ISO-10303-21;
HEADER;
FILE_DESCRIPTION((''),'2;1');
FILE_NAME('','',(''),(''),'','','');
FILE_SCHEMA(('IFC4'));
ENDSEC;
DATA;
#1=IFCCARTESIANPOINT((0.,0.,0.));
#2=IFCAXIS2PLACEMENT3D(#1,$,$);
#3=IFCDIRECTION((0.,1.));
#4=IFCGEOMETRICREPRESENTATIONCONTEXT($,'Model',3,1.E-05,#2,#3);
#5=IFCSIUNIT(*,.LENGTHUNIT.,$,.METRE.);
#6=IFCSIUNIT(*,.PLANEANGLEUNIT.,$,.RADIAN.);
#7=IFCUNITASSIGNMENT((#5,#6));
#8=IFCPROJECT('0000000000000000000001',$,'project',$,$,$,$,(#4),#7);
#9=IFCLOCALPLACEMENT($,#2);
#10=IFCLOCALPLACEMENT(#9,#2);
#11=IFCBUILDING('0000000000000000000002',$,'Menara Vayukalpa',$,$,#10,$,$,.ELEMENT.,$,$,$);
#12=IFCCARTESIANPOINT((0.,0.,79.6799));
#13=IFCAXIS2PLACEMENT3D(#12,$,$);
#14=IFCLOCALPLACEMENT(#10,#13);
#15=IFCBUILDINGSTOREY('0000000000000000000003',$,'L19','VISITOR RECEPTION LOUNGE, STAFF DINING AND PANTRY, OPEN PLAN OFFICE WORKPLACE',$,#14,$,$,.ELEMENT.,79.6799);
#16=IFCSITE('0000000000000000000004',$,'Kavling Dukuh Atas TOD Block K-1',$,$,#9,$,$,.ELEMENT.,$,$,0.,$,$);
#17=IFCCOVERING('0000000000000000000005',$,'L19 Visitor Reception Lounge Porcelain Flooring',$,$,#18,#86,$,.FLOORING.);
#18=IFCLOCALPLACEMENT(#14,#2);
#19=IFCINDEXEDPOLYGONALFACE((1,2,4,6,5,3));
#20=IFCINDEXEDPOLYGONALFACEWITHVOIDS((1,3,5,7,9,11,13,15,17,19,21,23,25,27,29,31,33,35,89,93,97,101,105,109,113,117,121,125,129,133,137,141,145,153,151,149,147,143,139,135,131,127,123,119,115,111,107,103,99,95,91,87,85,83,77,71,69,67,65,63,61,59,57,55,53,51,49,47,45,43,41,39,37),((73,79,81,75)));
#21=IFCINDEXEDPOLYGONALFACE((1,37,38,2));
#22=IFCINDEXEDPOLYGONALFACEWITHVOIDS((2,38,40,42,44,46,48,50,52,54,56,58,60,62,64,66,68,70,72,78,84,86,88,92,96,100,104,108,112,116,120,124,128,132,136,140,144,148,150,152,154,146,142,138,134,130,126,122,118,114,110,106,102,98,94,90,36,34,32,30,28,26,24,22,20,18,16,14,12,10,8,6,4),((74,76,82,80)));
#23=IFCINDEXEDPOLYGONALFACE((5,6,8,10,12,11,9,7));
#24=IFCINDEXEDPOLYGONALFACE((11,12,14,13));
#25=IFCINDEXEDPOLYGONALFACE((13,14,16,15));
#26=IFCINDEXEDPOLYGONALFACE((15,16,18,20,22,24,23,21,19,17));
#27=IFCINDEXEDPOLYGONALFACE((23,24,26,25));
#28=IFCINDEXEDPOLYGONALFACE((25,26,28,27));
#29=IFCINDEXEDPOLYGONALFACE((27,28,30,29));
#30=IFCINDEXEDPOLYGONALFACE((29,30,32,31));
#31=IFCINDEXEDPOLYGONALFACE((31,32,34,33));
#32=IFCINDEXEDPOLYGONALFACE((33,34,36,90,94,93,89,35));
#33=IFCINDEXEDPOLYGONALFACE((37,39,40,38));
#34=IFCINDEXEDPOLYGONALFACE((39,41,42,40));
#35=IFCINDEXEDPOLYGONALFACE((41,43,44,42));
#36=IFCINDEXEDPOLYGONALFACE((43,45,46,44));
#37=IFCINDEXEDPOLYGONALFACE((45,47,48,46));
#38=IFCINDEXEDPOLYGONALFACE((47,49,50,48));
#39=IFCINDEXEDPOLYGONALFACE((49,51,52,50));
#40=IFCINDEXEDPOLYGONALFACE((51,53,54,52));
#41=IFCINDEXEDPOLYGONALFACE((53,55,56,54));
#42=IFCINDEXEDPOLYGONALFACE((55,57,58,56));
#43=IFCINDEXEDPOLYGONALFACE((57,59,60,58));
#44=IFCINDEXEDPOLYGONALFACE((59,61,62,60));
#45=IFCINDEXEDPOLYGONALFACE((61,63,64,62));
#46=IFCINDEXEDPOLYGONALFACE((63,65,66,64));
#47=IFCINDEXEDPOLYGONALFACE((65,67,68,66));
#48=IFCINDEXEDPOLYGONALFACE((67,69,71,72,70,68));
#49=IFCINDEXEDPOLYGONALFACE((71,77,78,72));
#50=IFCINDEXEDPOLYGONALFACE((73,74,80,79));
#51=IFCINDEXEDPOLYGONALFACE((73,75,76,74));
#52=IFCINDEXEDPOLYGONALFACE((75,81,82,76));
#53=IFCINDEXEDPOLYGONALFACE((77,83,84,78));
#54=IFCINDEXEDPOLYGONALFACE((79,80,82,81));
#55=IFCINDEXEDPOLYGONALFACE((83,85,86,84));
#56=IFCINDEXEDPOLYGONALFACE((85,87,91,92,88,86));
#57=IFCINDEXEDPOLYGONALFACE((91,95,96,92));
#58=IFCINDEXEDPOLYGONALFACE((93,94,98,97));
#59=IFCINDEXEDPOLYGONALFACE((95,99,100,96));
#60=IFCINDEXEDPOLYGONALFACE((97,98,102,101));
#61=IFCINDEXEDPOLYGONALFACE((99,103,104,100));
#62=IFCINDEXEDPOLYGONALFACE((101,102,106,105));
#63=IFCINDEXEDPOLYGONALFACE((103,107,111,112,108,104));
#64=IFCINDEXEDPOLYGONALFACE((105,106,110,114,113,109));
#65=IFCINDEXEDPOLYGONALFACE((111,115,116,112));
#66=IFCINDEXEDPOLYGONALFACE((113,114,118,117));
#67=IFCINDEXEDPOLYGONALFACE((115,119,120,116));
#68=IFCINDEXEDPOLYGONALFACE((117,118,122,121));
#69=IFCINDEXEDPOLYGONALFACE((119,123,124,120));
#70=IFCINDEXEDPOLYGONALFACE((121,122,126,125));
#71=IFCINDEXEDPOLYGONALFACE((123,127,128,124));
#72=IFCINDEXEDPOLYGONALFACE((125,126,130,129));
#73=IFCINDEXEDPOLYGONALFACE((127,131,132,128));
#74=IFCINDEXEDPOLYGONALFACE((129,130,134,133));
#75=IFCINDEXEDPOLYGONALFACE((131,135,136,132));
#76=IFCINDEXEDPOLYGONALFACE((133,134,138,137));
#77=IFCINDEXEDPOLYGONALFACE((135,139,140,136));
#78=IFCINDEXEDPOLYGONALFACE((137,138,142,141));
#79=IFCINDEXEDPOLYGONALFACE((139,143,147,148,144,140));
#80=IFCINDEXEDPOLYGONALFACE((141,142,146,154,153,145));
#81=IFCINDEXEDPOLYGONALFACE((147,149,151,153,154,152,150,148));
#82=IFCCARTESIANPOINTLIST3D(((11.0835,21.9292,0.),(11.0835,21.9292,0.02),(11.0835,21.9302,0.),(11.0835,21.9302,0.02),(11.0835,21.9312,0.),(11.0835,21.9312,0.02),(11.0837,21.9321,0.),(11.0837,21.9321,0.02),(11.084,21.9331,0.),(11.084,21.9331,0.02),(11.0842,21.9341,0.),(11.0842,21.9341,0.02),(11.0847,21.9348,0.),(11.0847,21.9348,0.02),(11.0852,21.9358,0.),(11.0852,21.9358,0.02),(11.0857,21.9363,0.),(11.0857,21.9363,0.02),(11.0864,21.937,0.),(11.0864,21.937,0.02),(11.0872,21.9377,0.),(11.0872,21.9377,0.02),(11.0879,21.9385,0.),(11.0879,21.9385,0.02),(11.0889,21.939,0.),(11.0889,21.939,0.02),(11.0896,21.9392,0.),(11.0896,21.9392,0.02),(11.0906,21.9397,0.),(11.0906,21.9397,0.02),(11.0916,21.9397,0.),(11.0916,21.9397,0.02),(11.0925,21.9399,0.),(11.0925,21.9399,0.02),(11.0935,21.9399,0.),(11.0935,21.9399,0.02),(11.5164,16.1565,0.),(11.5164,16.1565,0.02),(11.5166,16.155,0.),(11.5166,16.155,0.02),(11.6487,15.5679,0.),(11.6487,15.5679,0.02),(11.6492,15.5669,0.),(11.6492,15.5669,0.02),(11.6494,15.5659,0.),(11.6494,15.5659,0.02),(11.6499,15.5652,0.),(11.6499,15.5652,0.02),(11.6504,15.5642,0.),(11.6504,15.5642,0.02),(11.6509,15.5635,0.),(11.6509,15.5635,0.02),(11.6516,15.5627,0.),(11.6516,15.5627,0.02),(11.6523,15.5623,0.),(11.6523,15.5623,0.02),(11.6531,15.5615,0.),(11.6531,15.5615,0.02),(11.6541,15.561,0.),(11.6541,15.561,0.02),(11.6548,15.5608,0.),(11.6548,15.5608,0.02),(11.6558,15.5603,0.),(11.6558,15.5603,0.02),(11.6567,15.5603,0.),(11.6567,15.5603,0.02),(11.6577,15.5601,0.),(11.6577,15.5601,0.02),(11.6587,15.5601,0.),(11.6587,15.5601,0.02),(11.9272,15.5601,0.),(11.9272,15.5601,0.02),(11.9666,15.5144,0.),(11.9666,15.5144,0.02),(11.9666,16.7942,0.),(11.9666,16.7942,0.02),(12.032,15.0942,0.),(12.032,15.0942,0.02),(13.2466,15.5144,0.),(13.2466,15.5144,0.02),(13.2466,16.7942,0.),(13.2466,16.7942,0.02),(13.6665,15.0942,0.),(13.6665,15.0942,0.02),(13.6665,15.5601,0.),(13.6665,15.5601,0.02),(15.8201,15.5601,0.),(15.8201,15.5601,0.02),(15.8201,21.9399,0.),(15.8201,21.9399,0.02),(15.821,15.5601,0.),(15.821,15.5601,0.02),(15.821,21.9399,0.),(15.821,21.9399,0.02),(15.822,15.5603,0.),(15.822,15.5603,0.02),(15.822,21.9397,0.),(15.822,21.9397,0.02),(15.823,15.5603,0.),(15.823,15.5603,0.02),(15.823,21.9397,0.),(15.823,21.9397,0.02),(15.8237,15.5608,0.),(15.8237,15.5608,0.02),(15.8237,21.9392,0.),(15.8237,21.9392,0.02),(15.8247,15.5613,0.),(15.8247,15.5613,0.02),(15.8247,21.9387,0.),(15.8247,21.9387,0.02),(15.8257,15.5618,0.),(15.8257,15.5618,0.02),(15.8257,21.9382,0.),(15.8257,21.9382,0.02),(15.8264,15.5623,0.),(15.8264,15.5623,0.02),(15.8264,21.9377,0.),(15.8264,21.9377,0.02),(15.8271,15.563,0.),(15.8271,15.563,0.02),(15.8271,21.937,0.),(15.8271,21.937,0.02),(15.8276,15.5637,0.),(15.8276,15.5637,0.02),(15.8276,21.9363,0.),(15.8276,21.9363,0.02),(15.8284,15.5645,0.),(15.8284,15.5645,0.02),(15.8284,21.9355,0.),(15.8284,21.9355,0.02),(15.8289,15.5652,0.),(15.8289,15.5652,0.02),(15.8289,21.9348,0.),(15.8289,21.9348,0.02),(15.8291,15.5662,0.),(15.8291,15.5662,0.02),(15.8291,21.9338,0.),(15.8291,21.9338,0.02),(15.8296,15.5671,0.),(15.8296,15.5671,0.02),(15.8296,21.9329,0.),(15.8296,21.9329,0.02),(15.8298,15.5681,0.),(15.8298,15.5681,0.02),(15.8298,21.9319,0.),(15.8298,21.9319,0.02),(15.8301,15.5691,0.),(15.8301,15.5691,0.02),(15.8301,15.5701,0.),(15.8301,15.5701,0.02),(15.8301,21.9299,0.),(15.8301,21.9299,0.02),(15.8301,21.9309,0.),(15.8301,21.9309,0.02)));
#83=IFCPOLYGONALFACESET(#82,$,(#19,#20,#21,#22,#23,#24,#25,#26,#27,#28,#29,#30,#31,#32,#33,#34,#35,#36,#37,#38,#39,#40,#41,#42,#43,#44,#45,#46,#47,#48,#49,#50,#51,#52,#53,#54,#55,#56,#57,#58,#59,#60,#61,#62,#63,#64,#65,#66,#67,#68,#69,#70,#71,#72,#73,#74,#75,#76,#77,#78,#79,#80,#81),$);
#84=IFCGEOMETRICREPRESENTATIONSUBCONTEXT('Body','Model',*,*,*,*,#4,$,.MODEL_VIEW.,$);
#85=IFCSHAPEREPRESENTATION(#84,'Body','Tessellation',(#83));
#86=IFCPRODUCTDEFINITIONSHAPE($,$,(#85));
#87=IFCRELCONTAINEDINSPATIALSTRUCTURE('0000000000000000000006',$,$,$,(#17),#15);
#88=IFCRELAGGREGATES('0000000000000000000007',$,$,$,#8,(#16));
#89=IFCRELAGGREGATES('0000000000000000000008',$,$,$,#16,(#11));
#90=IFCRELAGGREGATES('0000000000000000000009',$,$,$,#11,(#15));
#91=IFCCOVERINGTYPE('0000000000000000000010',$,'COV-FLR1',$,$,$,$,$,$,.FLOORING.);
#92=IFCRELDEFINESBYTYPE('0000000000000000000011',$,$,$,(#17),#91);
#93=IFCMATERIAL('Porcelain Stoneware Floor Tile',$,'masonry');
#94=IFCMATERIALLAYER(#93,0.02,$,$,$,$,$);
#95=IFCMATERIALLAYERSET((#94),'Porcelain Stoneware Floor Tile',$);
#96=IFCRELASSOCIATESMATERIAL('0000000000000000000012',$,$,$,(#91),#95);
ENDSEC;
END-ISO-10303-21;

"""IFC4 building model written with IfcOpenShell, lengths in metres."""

from ifc_helpers import new_model, si_unit, direction, frame, origin, place, context, subcontext, project, spatial, polyline, outline, extrude, material, layer, layer_set, type_object, element, save


model = new_model("IFC4")

# Units and contexts
model_context = context("Model", 3, precision=1e-05, world=origin(), true_north=direction((0.0, 1.0)))
body_context = subcontext(model_context, "Body", "Model", "MODEL_VIEW")
ifc_project = project(units=[si_unit("LENGTHUNIT", "METRE"), si_unit("PLANEANGLEUNIT", "RADIAN")], contexts=[model_context])

# Site, building, storey
site_placement = place(None, origin())
site = spatial("IfcSite", under=ifc_project, at=site_placement, Name="Kavling Dukuh Atas TOD Block K-1", CompositionType="ELEMENT", RefElevation=0.0)
building_placement = place(site_placement, origin())
building = spatial("IfcBuilding", under=site, at=building_placement, Name="Menara Vayukalpa", CompositionType="ELEMENT")
storey_placement = place(building_placement, frame((0.0, 0.0, 79.6799)))
storey = spatial("IfcBuildingStorey", under=building, at=storey_placement, Name="L19", Description="VISITOR RECEPTION LOUNGE, STAFF DINING AND PANTRY, OPEN PLAN OFFICE WORKPLACE", CompositionType="ELEMENT", Elevation=79.6799)

# Covering
ifc_material_1 = material(Name="Porcelain Stoneware Floor Tile", Category="masonry")
ifc_layer_1 = layer(ifc_material_1, 0.02)
ifc_layer_set_1 = layer_set([ifc_layer_1], Name="Porcelain Stoneware Floor Tile")
covering_type_1 = type_object("IfcCoveringType", Name="COV-FLR1", PredefinedType="FLOORING", material=ifc_layer_set_1)
covering_1_placement = place(storey_placement, origin())
element("IfcCovering", 1, at=covering_1_placement, inside=storey, type_object=covering_type_1, Name="L19 Visitor Reception Lounge Porcelain Flooring", PredefinedType="FLOORING", context=body_context, shape_type="SweptSolid", body=[
    extrude(outline(polyline([(11.6587, 15.5601), (11.6577, 15.5601), (11.6567, 15.5603), (11.6558, 15.5603), (11.6548, 15.5608), (11.6541, 15.561), (11.6531, 15.5615), (11.6523, 15.5623), (11.6516, 15.5627), (11.6509, 15.5635), (11.6504, 15.5642), (11.6499, 15.5652), (11.6494, 15.5659), (11.6492, 15.5669), (11.6487, 15.5679), (11.5166, 16.155), (11.5164, 16.1565), (11.0835, 21.9292), (11.0835, 21.9302), (11.0835, 21.9312), (11.0837, 21.9321), (11.084, 21.9331), (11.0842, 21.9341), (11.0847, 21.9348), (11.0852, 21.9358), (11.0857, 21.9363), (11.0864, 21.937), (11.0872, 21.9377), (11.0879, 21.9385), (11.0889, 21.939), (11.0896, 21.9392), (11.0906, 21.9397), (11.0916, 21.9397), (11.0925, 21.9399), (11.0935, 21.9399), (15.8201, 21.9399), (15.821, 21.9399), (15.822, 21.9397), (15.823, 21.9397), (15.8237, 21.9392), (15.8247, 21.9387), (15.8257, 21.9382), (15.8264, 21.9377), (15.8271, 21.937), (15.8276, 21.9363), (15.8284, 21.9355), (15.8289, 21.9348), (15.8291, 21.9338), (15.8296, 21.9329), (15.8298, 21.9319), (15.8301, 21.9309), (15.8301, 21.9299), (15.8301, 15.5701), (15.8301, 15.5691), (15.8298, 15.5681), (15.8296, 15.5671), (15.8291, 15.5662), (15.8289, 15.5652), (15.8284, 15.5645), (15.8276, 15.5637), (15.8271, 15.563), (15.8264, 15.5623), (15.8257, 15.5618), (15.8247, 15.5613), (15.8237, 15.5608), (15.823, 15.5603), (15.822, 15.5603), (15.821, 15.5601), (15.8201, 15.5601), (13.6665, 15.5601), (13.6665, 15.0942), (12.032, 15.0942), (11.9272, 15.5601), (11.6587, 15.5601)]), holes=[polyline([(13.2466, 16.7942), (11.9666, 16.7942), (11.9666, 15.5144), (13.2466, 15.5144), (13.2466, 16.7942)])]), origin(), (0.0, 0.0, 1.0), 0.02),
])

save(model, "model.ifc")
